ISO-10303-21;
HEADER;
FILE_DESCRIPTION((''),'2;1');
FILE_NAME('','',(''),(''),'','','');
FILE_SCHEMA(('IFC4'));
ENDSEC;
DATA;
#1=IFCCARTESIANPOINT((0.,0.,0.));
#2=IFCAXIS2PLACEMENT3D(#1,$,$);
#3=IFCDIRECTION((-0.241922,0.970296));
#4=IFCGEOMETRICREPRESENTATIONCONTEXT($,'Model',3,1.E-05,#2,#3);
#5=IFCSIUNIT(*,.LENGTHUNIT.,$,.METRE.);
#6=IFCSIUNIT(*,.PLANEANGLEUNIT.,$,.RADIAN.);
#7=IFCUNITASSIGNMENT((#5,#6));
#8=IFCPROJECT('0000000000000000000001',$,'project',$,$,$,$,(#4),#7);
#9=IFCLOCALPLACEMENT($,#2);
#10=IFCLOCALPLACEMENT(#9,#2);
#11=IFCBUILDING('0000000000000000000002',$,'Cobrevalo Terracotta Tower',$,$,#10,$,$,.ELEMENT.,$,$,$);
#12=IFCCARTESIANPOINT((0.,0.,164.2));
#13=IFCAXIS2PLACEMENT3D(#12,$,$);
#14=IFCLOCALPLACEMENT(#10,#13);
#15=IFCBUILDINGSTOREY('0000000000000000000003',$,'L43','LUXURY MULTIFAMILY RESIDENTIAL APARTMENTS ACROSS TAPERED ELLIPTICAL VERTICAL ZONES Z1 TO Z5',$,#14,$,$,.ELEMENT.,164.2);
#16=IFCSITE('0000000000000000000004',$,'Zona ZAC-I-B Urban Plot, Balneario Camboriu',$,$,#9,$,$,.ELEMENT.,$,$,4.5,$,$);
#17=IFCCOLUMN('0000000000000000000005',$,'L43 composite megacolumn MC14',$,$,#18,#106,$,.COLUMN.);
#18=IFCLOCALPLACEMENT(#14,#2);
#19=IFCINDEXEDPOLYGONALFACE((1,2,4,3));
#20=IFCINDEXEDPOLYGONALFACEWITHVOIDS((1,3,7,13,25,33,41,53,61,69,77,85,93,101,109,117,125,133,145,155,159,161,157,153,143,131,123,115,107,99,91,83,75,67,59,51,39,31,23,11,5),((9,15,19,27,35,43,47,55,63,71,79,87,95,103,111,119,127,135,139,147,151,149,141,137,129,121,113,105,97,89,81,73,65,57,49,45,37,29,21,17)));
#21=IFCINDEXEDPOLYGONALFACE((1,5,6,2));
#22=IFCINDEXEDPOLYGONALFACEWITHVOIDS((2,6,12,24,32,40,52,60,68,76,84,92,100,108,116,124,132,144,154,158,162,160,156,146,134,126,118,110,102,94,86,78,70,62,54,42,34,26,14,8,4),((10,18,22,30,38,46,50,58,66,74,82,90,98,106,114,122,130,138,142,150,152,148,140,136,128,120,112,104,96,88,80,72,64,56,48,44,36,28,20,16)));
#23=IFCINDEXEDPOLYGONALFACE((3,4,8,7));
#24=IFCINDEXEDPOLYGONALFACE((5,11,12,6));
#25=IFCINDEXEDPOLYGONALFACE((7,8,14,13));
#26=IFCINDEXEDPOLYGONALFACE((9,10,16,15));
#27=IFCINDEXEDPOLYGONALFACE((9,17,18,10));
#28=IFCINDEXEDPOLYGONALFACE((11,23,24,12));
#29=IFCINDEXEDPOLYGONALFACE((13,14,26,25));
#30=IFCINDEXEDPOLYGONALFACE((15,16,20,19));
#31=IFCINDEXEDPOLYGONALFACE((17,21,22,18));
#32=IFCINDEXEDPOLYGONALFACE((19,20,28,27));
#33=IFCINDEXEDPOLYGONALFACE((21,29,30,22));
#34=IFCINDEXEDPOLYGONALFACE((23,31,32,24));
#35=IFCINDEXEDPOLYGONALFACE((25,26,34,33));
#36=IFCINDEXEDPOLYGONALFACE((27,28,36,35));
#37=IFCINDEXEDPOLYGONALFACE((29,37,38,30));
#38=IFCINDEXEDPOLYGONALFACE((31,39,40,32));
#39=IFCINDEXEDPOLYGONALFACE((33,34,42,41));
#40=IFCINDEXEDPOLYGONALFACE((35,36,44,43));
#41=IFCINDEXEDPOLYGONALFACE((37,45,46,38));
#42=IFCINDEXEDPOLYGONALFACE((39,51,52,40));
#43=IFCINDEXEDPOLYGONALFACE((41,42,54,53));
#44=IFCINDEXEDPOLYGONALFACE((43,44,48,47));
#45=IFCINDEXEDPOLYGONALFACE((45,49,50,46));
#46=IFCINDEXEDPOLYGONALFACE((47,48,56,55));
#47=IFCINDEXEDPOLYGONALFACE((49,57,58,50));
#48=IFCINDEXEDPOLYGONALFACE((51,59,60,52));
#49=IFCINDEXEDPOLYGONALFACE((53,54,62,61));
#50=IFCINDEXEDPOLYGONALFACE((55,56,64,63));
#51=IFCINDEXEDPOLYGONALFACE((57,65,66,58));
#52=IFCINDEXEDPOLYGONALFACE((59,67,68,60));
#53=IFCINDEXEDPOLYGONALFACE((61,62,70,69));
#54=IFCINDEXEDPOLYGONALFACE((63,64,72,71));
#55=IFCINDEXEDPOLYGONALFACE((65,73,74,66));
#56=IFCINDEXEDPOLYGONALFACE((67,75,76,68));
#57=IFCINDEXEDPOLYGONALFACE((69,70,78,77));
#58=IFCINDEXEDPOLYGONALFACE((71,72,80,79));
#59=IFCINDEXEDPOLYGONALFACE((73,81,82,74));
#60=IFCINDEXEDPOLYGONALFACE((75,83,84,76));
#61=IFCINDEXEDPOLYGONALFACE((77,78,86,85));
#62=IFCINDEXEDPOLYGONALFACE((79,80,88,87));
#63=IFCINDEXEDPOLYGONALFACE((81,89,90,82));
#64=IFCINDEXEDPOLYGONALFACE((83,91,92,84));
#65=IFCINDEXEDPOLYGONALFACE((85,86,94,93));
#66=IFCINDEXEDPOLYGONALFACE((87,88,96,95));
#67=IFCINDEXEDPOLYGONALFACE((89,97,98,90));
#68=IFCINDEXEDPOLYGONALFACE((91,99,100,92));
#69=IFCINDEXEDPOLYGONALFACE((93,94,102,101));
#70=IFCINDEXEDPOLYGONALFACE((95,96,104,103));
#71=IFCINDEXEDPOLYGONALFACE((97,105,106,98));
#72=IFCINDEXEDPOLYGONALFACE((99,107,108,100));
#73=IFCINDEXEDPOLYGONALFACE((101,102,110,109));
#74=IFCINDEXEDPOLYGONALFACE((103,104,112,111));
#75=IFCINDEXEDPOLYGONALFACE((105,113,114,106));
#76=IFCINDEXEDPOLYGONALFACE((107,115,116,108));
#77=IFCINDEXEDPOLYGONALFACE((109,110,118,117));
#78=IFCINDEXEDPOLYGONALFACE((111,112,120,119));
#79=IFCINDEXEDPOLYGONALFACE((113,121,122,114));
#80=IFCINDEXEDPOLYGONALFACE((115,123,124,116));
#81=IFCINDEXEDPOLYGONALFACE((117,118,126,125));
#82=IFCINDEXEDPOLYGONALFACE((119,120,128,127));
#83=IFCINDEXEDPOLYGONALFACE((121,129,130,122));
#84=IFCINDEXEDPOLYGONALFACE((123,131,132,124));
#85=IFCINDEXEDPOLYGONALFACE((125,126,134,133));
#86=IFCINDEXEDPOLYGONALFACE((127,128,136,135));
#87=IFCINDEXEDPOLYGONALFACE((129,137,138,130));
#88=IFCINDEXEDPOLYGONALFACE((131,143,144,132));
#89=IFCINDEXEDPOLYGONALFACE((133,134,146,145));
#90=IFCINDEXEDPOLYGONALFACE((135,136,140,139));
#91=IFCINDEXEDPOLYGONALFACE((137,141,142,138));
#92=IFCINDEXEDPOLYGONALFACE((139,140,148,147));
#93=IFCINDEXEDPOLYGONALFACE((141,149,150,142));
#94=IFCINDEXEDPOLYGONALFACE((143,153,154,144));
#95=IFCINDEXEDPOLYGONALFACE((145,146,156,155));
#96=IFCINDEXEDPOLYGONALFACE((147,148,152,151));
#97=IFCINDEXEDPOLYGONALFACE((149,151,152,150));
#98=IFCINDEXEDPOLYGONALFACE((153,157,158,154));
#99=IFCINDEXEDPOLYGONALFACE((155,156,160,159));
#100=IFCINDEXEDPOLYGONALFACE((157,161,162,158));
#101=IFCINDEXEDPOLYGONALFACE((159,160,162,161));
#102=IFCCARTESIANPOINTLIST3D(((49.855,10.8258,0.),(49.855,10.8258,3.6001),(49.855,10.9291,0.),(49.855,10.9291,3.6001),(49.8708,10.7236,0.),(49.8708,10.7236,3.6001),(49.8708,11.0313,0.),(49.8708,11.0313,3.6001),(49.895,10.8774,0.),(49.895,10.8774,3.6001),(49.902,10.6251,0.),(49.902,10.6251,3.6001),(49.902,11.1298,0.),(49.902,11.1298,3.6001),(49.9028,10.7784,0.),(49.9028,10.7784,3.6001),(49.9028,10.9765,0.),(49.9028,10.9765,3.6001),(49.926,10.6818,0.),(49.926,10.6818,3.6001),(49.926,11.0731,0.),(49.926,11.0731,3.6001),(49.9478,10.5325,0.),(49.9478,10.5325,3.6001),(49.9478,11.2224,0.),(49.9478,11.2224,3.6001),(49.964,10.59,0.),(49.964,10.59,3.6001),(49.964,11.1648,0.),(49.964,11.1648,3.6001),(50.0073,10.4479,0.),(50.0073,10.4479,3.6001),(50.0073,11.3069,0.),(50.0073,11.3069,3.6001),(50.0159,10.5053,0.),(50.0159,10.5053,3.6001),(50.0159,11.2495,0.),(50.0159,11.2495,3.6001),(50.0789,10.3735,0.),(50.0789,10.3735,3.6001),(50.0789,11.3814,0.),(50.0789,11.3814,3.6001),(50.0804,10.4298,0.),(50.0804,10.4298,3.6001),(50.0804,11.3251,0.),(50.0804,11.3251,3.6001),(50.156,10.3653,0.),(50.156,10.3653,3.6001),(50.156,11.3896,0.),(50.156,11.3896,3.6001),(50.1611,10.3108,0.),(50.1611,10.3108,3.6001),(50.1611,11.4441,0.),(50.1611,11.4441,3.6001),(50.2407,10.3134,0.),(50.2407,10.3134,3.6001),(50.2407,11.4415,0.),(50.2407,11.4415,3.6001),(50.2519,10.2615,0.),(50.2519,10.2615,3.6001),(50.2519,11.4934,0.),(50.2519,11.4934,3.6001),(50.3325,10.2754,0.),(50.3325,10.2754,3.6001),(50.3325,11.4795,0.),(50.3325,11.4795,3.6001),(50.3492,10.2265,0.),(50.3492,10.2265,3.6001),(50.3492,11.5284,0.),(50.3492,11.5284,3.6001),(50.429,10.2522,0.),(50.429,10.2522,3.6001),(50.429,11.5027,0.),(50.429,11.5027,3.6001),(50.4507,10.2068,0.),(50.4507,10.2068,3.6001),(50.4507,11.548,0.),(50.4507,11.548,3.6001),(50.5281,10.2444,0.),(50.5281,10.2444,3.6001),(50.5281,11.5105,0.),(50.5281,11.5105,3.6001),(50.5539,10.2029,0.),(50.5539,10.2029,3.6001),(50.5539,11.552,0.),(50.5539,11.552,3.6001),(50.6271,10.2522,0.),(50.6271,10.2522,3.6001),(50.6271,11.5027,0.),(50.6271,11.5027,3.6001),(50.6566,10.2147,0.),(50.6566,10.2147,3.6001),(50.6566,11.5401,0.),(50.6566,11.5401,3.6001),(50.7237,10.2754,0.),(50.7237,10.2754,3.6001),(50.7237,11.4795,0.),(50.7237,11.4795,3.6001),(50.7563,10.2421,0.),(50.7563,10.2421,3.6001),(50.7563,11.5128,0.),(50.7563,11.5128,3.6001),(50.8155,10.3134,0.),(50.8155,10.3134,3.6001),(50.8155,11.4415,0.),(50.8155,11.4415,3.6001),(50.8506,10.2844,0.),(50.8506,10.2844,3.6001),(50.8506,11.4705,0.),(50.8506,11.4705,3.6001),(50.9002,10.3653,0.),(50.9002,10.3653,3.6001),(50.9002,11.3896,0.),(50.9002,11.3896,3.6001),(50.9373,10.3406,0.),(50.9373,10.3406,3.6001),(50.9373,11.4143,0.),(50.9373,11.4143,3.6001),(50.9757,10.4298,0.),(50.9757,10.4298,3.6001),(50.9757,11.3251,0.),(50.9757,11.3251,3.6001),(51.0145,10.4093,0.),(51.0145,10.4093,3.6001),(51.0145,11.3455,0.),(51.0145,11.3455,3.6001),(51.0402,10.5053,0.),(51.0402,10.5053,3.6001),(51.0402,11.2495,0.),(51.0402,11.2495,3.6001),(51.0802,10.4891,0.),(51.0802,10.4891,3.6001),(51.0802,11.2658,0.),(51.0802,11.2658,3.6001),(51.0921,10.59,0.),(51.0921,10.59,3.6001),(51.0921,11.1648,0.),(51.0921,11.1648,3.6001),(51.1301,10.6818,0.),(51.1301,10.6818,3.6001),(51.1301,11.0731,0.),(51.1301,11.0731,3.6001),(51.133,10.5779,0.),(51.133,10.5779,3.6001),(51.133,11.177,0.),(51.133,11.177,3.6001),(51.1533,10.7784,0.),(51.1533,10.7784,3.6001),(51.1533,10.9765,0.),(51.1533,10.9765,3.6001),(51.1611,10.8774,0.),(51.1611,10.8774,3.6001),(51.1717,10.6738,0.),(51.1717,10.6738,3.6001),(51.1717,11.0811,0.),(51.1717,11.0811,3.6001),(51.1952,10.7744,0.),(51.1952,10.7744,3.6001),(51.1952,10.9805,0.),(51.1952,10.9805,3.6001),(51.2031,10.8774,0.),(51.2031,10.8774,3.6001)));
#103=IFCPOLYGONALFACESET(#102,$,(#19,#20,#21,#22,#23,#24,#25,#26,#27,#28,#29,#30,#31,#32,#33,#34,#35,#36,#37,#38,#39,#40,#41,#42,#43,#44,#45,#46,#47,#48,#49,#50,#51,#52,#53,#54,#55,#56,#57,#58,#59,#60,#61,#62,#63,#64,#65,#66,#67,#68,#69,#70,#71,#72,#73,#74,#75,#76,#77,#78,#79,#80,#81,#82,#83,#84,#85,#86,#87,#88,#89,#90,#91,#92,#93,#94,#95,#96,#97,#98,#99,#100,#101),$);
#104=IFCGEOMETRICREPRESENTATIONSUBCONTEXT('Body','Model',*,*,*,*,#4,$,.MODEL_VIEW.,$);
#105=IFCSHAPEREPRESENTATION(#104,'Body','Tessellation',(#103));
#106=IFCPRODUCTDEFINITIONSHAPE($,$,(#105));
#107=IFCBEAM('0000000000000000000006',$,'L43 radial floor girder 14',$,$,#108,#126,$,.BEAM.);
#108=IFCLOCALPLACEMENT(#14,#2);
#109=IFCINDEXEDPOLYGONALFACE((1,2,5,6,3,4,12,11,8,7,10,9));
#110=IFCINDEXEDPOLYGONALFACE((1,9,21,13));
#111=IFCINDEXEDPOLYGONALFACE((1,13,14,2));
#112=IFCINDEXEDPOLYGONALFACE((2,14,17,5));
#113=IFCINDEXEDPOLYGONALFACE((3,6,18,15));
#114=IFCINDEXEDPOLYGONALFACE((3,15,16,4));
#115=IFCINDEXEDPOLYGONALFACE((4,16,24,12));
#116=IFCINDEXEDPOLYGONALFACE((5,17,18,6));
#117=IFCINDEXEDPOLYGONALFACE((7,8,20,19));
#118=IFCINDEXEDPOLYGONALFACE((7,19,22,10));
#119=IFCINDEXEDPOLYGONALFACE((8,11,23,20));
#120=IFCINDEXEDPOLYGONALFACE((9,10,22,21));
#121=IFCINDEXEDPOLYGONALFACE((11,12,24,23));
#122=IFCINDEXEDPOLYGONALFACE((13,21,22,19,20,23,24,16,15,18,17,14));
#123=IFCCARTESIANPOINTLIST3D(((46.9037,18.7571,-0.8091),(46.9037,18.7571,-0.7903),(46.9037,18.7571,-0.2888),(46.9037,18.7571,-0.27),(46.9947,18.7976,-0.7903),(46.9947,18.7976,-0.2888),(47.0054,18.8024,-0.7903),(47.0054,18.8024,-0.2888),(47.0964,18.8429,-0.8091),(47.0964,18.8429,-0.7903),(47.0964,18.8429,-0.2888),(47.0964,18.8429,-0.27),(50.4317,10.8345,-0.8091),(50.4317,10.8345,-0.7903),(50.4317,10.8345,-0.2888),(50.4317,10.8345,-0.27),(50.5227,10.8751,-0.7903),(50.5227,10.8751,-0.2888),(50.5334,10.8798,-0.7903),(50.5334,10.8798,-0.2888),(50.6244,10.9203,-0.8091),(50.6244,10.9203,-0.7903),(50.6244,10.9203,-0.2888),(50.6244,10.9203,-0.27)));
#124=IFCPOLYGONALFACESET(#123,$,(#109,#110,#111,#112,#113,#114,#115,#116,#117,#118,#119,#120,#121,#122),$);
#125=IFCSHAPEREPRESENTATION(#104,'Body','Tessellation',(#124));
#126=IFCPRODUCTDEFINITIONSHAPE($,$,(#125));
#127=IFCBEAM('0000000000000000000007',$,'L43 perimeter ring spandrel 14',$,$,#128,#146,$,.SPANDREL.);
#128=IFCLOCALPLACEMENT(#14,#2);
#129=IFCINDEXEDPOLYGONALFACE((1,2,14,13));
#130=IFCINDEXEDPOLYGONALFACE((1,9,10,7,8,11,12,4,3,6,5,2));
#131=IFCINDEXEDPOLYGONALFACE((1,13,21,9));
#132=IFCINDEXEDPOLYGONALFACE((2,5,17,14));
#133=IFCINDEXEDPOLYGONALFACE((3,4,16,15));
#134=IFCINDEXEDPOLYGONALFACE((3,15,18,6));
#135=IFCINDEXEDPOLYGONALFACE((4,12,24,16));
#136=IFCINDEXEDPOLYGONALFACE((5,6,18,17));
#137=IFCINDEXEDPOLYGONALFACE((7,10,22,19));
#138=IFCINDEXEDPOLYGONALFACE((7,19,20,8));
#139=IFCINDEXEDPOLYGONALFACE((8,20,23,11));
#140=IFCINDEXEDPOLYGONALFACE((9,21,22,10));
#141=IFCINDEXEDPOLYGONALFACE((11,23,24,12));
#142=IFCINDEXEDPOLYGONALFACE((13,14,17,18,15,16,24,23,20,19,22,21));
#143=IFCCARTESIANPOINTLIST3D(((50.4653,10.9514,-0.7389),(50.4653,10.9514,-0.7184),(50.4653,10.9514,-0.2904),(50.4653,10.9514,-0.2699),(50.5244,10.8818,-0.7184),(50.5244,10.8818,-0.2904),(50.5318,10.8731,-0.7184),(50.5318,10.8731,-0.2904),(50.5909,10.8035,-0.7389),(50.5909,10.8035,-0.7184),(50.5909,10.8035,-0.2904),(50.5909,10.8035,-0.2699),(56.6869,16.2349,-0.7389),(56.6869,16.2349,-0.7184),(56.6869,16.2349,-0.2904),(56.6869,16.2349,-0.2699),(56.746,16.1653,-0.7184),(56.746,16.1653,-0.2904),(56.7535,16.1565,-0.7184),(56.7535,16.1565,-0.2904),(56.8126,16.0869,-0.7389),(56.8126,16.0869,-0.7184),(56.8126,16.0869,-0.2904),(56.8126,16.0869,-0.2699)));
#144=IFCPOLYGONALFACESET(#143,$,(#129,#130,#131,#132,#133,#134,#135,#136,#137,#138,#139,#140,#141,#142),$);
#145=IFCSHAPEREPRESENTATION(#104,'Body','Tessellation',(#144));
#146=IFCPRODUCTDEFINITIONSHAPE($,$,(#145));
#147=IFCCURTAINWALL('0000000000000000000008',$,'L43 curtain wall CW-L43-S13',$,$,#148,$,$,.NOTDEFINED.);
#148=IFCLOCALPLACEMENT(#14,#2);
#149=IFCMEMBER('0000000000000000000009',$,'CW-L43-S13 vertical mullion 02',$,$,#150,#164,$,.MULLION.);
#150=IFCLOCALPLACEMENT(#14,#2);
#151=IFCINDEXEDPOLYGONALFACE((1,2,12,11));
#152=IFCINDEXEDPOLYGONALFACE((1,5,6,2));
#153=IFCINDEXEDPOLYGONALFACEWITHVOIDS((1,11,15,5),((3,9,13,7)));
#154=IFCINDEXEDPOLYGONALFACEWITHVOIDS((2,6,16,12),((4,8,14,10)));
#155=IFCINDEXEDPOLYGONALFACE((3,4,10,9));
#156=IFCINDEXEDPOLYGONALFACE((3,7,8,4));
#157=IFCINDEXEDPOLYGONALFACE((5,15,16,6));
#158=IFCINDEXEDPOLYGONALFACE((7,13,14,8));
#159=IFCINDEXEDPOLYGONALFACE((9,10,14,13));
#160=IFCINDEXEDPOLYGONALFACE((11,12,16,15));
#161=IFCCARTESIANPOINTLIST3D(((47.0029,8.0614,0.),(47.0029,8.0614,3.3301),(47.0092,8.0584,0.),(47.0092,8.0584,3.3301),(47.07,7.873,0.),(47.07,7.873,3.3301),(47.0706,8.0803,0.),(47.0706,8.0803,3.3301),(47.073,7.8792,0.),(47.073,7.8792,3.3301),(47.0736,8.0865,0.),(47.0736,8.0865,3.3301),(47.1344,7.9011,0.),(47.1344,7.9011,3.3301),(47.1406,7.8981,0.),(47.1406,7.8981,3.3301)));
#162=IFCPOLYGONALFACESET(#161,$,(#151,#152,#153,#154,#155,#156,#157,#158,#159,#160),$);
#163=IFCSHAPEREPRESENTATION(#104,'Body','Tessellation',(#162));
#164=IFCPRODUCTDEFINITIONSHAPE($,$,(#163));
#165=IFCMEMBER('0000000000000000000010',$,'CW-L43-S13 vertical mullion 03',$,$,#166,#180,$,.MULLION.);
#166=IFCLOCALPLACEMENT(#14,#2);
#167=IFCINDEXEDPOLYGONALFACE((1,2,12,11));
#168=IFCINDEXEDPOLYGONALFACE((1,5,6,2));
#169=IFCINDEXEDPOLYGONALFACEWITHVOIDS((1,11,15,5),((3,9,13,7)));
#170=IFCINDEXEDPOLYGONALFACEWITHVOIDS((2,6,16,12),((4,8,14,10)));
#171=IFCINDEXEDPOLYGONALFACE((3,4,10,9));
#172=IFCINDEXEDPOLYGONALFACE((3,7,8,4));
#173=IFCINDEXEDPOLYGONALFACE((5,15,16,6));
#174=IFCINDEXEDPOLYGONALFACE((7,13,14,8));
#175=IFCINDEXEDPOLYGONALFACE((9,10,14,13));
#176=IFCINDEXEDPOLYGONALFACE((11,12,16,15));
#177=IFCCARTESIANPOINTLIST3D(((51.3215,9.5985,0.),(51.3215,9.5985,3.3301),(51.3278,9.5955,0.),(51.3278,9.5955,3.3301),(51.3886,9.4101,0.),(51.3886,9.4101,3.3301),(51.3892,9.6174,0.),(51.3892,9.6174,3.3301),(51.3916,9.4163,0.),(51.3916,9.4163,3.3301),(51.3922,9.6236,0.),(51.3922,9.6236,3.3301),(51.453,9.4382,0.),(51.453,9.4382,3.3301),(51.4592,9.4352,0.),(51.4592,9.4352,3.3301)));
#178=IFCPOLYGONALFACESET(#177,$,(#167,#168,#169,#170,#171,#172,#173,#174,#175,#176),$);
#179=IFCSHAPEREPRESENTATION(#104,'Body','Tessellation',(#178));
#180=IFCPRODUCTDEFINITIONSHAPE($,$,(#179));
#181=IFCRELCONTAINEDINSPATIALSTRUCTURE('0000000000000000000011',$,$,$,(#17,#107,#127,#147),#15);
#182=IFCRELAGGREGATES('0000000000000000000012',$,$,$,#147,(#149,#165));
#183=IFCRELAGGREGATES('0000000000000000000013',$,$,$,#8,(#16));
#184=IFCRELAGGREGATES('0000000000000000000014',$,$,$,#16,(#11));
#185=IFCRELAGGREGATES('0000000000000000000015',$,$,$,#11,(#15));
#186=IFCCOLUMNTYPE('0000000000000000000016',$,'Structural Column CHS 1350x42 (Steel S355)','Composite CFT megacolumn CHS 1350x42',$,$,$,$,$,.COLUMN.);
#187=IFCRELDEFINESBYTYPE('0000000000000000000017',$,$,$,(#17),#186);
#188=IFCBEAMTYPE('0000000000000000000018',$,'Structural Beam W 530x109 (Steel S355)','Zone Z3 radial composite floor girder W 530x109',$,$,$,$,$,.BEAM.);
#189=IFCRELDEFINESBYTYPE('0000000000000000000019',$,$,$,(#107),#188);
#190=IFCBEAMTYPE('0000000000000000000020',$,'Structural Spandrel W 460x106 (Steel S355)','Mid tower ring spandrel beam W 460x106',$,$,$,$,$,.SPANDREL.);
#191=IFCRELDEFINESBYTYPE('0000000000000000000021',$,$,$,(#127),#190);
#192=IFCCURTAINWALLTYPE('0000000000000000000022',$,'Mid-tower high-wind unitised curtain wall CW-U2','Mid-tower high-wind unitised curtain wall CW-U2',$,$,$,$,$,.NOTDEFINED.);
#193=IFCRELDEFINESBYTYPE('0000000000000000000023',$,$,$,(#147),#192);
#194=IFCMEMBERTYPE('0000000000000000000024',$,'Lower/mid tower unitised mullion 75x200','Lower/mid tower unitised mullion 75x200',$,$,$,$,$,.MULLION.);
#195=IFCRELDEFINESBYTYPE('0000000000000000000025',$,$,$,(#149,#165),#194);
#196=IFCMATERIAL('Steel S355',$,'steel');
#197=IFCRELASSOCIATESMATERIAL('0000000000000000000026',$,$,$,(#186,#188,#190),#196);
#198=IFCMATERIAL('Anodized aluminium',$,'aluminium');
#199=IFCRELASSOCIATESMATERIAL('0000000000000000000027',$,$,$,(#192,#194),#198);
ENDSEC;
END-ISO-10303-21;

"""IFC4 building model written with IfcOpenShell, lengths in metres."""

from ifc_helpers import new_model, si_unit, direction, frame, origin, origin_2d, place, context, subcontext, project, spatial, hollow_rectangle, hollow_circle, i_section, extrude, source, transform, mapped, material, material_profile, profile_set, type_object, element, aggregate, save


model = new_model("IFC4")

# Units and contexts
model_context = context("Model", 3, precision=1e-05, world=origin(), true_north=direction((-0.241922, 0.970296)))
body_context = subcontext(model_context, "Body", "Model", "MODEL_VIEW")
ifc_project = project(units=[si_unit("LENGTHUNIT", "METRE"), si_unit("PLANEANGLEUNIT", "RADIAN")], contexts=[model_context])

# Site, building, storey
site_placement = place(None, origin())
site = spatial("IfcSite", under=ifc_project, at=site_placement, Name="Zona ZAC-I-B Urban Plot, Balneario Camboriu", CompositionType="ELEMENT", RefElevation=4.5)
building_placement = place(site_placement, origin())
building = spatial("IfcBuilding", under=site, at=building_placement, Name="Cobrevalo Terracotta Tower", CompositionType="ELEMENT")
storey_placement = place(building_placement, frame((0.0, 0.0, 164.2)))
storey = spatial("IfcBuildingStorey", under=building, at=storey_placement, Name="L43", Description="LUXURY MULTIFAMILY RESIDENTIAL APARTMENTS ACROSS TAPERED ELLIPTICAL VERTICAL ZONES Z1 TO Z5", CompositionType="ELEMENT", Elevation=164.2)

# Column
ifc_material_1 = material(Name="Steel S355", Category="steel")
ifc_material_profile_1 = material_profile(ifc_material_1, hollow_circle(Radius=0.675, WallThickness=0.042, at=origin_2d()), Name="CHS 1350x42")
ifc_profile_set_1 = profile_set([ifc_material_profile_1], Name="Steel S355")
column_type = type_object("IfcColumnType", Name="Structural Column CHS 1350x42 (Steel S355)", Description="Composite CFT megacolumn CHS 1350x42", PredefinedType="COLUMN", material=ifc_profile_set_1)
column_placement = place(storey_placement, frame((50.5281, 10.8774, 0.0), z_axis=(0.0, 0.0, 1.0), x_axis=(1.0, 0.0, 0.0)))
element("IfcColumn", 1, at=column_placement, inside=storey, type_object=column_type, Name="L43 composite megacolumn MC14", PredefinedType="COLUMN", context=body_context, shape_type="SweptSolid", body=[
    extrude(hollow_circle(Radius=0.675, WallThickness=0.042, at=origin_2d()), origin(), (0.0, 0.0, 1.0), 3.6001),
])

# Beams
ifc_material_profile_2 = material_profile(ifc_material_1, i_section(OverallWidth=0.2109, OverallDepth=0.5391, WebThickness=0.0117, FlangeThickness=0.0188, at=origin_2d()), Name="W 530x109")
ifc_profile_set_2 = profile_set([ifc_material_profile_2], Name="Steel S355")
beam_type_1 = type_object("IfcBeamType", Name="Structural Beam W 530x109 (Steel S355)", Description="Zone Z3 radial composite floor girder W 530x109", PredefinedType="BEAM", material=ifc_profile_set_2)
beam_1_placement = place(storey_placement, frame((50.5281, 10.8774, -0.5396), z_axis=(-0.406804, 0.913515, 0.0), x_axis=(-0.913515, -0.406804, 0.0)))
element("IfcBeam", 2, at=beam_1_placement, inside=storey, type_object=beam_type_1, Name="L43 radial floor girder 14", PredefinedType="BEAM", context=body_context, shape_type="SweptSolid", body=[
    extrude(i_section(OverallWidth=0.2109, OverallDepth=0.5391, WebThickness=0.0117, FlangeThickness=0.0188, at=origin_2d()), origin(), (0.0, 0.0, 1.0), 8.6726),
])
ifc_material_profile_3 = material_profile(ifc_material_1, i_section(OverallWidth=0.1941, OverallDepth=0.469, WebThickness=0.0115, FlangeThickness=0.0205, at=origin_2d()), Name="W 460x106")
ifc_profile_set_3 = profile_set([ifc_material_profile_3], Name="Steel S355")
beam_type_2 = type_object("IfcBeamType", Name="Structural Spandrel W 460x106 (Steel S355)", Description="Mid tower ring spandrel beam W 460x106", PredefinedType="SPANDREL", material=ifc_profile_set_3)
beam_2_placement = place(storey_placement, frame((50.5281, 10.8774, -0.5044), z_axis=(0.76224, 0.647294, 0.0), x_axis=(-0.647294, 0.76224, 0.0)))
element("IfcBeam", 3, at=beam_2_placement, inside=storey, type_object=beam_type_2, Name="L43 perimeter ring spandrel 14", PredefinedType="SPANDREL", context=body_context, shape_type="SweptSolid", body=[
    extrude(i_section(OverallWidth=0.1941, OverallDepth=0.469, WebThickness=0.0115, FlangeThickness=0.0205, at=origin_2d()), origin(), (0.0, 0.0, 1.0), 8.1624),
])

# Curtain wall, members
ifc_material_2 = material(Name="Anodized aluminium", Category="aluminium")
curtain_wall_type = type_object("IfcCurtainWallType", Name="Mid-tower high-wind unitised curtain wall CW-U2", Description="Mid-tower high-wind unitised curtain wall CW-U2", PredefinedType="NOTDEFINED", material=ifc_material_2)
curtain_wall_1_placement = place(storey_placement, origin())
curtain_wall_1 = element("IfcCurtainWall", 4, at=curtain_wall_1_placement, inside=storey, type_object=curtain_wall_type, Name="L43 curtain wall CW-L43-S13", PredefinedType="NOTDEFINED")
ifc_material_profile_4 = material_profile(ifc_material_2, hollow_rectangle(XDim=0.075, YDim=0.2, WallThickness=0.0049, at=origin_2d()), Name="CWM 75x200")
ifc_profile_set_4 = profile_set([ifc_material_profile_4], Name="Anodized aluminium")
member_type_1 = type_object("IfcMemberType", Name="Lower/mid tower unitised mullion 75x200", Description="Lower/mid tower unitised mullion 75x200", PredefinedType="MULLION", material=ifc_profile_set_4)
shared_shape_1 = source(origin(), body_context, "Body", "SweptSolid", [
    extrude(hollow_rectangle(XDim=0.075, YDim=0.2, WallThickness=0.0049, at=origin_2d()), origin(), (0.0, 0.0, 1.0), 3.3301),
])
member_1_placement = place(storey_placement, frame((47.0718, 7.9797, 0.0), z_axis=(0.0, 0.0, 1.0), x_axis=(0.942098, 0.335336, 0.0)))
member_1 = element("IfcMember", 5, at=member_1_placement, type_object=member_type_1, Name="CW-L43-S13 vertical mullion 02", PredefinedType="MULLION", context=body_context, shape_type="MappedRepresentation", body=[
    mapped(shared_shape_1, transform((0.0, 0.0, 0.0), scale=1.0)),
])
member_2_placement = place(storey_placement, frame((51.3904, 9.5168, 0.0), z_axis=(0.0, 0.0, 1.0), x_axis=(0.942098, 0.335336, 0.0)))
member_2 = element("IfcMember", 6, at=member_2_placement, type_object=member_type_1, Name="CW-L43-S13 vertical mullion 03", PredefinedType="MULLION", context=body_context, shape_type="MappedRepresentation", body=[
    mapped(shared_shape_1, transform((0.0, 0.0, 0.0), scale=1.0)),
])

aggregate(curtain_wall_1, [member_1, member_2])

save(model, "model.ifc")
